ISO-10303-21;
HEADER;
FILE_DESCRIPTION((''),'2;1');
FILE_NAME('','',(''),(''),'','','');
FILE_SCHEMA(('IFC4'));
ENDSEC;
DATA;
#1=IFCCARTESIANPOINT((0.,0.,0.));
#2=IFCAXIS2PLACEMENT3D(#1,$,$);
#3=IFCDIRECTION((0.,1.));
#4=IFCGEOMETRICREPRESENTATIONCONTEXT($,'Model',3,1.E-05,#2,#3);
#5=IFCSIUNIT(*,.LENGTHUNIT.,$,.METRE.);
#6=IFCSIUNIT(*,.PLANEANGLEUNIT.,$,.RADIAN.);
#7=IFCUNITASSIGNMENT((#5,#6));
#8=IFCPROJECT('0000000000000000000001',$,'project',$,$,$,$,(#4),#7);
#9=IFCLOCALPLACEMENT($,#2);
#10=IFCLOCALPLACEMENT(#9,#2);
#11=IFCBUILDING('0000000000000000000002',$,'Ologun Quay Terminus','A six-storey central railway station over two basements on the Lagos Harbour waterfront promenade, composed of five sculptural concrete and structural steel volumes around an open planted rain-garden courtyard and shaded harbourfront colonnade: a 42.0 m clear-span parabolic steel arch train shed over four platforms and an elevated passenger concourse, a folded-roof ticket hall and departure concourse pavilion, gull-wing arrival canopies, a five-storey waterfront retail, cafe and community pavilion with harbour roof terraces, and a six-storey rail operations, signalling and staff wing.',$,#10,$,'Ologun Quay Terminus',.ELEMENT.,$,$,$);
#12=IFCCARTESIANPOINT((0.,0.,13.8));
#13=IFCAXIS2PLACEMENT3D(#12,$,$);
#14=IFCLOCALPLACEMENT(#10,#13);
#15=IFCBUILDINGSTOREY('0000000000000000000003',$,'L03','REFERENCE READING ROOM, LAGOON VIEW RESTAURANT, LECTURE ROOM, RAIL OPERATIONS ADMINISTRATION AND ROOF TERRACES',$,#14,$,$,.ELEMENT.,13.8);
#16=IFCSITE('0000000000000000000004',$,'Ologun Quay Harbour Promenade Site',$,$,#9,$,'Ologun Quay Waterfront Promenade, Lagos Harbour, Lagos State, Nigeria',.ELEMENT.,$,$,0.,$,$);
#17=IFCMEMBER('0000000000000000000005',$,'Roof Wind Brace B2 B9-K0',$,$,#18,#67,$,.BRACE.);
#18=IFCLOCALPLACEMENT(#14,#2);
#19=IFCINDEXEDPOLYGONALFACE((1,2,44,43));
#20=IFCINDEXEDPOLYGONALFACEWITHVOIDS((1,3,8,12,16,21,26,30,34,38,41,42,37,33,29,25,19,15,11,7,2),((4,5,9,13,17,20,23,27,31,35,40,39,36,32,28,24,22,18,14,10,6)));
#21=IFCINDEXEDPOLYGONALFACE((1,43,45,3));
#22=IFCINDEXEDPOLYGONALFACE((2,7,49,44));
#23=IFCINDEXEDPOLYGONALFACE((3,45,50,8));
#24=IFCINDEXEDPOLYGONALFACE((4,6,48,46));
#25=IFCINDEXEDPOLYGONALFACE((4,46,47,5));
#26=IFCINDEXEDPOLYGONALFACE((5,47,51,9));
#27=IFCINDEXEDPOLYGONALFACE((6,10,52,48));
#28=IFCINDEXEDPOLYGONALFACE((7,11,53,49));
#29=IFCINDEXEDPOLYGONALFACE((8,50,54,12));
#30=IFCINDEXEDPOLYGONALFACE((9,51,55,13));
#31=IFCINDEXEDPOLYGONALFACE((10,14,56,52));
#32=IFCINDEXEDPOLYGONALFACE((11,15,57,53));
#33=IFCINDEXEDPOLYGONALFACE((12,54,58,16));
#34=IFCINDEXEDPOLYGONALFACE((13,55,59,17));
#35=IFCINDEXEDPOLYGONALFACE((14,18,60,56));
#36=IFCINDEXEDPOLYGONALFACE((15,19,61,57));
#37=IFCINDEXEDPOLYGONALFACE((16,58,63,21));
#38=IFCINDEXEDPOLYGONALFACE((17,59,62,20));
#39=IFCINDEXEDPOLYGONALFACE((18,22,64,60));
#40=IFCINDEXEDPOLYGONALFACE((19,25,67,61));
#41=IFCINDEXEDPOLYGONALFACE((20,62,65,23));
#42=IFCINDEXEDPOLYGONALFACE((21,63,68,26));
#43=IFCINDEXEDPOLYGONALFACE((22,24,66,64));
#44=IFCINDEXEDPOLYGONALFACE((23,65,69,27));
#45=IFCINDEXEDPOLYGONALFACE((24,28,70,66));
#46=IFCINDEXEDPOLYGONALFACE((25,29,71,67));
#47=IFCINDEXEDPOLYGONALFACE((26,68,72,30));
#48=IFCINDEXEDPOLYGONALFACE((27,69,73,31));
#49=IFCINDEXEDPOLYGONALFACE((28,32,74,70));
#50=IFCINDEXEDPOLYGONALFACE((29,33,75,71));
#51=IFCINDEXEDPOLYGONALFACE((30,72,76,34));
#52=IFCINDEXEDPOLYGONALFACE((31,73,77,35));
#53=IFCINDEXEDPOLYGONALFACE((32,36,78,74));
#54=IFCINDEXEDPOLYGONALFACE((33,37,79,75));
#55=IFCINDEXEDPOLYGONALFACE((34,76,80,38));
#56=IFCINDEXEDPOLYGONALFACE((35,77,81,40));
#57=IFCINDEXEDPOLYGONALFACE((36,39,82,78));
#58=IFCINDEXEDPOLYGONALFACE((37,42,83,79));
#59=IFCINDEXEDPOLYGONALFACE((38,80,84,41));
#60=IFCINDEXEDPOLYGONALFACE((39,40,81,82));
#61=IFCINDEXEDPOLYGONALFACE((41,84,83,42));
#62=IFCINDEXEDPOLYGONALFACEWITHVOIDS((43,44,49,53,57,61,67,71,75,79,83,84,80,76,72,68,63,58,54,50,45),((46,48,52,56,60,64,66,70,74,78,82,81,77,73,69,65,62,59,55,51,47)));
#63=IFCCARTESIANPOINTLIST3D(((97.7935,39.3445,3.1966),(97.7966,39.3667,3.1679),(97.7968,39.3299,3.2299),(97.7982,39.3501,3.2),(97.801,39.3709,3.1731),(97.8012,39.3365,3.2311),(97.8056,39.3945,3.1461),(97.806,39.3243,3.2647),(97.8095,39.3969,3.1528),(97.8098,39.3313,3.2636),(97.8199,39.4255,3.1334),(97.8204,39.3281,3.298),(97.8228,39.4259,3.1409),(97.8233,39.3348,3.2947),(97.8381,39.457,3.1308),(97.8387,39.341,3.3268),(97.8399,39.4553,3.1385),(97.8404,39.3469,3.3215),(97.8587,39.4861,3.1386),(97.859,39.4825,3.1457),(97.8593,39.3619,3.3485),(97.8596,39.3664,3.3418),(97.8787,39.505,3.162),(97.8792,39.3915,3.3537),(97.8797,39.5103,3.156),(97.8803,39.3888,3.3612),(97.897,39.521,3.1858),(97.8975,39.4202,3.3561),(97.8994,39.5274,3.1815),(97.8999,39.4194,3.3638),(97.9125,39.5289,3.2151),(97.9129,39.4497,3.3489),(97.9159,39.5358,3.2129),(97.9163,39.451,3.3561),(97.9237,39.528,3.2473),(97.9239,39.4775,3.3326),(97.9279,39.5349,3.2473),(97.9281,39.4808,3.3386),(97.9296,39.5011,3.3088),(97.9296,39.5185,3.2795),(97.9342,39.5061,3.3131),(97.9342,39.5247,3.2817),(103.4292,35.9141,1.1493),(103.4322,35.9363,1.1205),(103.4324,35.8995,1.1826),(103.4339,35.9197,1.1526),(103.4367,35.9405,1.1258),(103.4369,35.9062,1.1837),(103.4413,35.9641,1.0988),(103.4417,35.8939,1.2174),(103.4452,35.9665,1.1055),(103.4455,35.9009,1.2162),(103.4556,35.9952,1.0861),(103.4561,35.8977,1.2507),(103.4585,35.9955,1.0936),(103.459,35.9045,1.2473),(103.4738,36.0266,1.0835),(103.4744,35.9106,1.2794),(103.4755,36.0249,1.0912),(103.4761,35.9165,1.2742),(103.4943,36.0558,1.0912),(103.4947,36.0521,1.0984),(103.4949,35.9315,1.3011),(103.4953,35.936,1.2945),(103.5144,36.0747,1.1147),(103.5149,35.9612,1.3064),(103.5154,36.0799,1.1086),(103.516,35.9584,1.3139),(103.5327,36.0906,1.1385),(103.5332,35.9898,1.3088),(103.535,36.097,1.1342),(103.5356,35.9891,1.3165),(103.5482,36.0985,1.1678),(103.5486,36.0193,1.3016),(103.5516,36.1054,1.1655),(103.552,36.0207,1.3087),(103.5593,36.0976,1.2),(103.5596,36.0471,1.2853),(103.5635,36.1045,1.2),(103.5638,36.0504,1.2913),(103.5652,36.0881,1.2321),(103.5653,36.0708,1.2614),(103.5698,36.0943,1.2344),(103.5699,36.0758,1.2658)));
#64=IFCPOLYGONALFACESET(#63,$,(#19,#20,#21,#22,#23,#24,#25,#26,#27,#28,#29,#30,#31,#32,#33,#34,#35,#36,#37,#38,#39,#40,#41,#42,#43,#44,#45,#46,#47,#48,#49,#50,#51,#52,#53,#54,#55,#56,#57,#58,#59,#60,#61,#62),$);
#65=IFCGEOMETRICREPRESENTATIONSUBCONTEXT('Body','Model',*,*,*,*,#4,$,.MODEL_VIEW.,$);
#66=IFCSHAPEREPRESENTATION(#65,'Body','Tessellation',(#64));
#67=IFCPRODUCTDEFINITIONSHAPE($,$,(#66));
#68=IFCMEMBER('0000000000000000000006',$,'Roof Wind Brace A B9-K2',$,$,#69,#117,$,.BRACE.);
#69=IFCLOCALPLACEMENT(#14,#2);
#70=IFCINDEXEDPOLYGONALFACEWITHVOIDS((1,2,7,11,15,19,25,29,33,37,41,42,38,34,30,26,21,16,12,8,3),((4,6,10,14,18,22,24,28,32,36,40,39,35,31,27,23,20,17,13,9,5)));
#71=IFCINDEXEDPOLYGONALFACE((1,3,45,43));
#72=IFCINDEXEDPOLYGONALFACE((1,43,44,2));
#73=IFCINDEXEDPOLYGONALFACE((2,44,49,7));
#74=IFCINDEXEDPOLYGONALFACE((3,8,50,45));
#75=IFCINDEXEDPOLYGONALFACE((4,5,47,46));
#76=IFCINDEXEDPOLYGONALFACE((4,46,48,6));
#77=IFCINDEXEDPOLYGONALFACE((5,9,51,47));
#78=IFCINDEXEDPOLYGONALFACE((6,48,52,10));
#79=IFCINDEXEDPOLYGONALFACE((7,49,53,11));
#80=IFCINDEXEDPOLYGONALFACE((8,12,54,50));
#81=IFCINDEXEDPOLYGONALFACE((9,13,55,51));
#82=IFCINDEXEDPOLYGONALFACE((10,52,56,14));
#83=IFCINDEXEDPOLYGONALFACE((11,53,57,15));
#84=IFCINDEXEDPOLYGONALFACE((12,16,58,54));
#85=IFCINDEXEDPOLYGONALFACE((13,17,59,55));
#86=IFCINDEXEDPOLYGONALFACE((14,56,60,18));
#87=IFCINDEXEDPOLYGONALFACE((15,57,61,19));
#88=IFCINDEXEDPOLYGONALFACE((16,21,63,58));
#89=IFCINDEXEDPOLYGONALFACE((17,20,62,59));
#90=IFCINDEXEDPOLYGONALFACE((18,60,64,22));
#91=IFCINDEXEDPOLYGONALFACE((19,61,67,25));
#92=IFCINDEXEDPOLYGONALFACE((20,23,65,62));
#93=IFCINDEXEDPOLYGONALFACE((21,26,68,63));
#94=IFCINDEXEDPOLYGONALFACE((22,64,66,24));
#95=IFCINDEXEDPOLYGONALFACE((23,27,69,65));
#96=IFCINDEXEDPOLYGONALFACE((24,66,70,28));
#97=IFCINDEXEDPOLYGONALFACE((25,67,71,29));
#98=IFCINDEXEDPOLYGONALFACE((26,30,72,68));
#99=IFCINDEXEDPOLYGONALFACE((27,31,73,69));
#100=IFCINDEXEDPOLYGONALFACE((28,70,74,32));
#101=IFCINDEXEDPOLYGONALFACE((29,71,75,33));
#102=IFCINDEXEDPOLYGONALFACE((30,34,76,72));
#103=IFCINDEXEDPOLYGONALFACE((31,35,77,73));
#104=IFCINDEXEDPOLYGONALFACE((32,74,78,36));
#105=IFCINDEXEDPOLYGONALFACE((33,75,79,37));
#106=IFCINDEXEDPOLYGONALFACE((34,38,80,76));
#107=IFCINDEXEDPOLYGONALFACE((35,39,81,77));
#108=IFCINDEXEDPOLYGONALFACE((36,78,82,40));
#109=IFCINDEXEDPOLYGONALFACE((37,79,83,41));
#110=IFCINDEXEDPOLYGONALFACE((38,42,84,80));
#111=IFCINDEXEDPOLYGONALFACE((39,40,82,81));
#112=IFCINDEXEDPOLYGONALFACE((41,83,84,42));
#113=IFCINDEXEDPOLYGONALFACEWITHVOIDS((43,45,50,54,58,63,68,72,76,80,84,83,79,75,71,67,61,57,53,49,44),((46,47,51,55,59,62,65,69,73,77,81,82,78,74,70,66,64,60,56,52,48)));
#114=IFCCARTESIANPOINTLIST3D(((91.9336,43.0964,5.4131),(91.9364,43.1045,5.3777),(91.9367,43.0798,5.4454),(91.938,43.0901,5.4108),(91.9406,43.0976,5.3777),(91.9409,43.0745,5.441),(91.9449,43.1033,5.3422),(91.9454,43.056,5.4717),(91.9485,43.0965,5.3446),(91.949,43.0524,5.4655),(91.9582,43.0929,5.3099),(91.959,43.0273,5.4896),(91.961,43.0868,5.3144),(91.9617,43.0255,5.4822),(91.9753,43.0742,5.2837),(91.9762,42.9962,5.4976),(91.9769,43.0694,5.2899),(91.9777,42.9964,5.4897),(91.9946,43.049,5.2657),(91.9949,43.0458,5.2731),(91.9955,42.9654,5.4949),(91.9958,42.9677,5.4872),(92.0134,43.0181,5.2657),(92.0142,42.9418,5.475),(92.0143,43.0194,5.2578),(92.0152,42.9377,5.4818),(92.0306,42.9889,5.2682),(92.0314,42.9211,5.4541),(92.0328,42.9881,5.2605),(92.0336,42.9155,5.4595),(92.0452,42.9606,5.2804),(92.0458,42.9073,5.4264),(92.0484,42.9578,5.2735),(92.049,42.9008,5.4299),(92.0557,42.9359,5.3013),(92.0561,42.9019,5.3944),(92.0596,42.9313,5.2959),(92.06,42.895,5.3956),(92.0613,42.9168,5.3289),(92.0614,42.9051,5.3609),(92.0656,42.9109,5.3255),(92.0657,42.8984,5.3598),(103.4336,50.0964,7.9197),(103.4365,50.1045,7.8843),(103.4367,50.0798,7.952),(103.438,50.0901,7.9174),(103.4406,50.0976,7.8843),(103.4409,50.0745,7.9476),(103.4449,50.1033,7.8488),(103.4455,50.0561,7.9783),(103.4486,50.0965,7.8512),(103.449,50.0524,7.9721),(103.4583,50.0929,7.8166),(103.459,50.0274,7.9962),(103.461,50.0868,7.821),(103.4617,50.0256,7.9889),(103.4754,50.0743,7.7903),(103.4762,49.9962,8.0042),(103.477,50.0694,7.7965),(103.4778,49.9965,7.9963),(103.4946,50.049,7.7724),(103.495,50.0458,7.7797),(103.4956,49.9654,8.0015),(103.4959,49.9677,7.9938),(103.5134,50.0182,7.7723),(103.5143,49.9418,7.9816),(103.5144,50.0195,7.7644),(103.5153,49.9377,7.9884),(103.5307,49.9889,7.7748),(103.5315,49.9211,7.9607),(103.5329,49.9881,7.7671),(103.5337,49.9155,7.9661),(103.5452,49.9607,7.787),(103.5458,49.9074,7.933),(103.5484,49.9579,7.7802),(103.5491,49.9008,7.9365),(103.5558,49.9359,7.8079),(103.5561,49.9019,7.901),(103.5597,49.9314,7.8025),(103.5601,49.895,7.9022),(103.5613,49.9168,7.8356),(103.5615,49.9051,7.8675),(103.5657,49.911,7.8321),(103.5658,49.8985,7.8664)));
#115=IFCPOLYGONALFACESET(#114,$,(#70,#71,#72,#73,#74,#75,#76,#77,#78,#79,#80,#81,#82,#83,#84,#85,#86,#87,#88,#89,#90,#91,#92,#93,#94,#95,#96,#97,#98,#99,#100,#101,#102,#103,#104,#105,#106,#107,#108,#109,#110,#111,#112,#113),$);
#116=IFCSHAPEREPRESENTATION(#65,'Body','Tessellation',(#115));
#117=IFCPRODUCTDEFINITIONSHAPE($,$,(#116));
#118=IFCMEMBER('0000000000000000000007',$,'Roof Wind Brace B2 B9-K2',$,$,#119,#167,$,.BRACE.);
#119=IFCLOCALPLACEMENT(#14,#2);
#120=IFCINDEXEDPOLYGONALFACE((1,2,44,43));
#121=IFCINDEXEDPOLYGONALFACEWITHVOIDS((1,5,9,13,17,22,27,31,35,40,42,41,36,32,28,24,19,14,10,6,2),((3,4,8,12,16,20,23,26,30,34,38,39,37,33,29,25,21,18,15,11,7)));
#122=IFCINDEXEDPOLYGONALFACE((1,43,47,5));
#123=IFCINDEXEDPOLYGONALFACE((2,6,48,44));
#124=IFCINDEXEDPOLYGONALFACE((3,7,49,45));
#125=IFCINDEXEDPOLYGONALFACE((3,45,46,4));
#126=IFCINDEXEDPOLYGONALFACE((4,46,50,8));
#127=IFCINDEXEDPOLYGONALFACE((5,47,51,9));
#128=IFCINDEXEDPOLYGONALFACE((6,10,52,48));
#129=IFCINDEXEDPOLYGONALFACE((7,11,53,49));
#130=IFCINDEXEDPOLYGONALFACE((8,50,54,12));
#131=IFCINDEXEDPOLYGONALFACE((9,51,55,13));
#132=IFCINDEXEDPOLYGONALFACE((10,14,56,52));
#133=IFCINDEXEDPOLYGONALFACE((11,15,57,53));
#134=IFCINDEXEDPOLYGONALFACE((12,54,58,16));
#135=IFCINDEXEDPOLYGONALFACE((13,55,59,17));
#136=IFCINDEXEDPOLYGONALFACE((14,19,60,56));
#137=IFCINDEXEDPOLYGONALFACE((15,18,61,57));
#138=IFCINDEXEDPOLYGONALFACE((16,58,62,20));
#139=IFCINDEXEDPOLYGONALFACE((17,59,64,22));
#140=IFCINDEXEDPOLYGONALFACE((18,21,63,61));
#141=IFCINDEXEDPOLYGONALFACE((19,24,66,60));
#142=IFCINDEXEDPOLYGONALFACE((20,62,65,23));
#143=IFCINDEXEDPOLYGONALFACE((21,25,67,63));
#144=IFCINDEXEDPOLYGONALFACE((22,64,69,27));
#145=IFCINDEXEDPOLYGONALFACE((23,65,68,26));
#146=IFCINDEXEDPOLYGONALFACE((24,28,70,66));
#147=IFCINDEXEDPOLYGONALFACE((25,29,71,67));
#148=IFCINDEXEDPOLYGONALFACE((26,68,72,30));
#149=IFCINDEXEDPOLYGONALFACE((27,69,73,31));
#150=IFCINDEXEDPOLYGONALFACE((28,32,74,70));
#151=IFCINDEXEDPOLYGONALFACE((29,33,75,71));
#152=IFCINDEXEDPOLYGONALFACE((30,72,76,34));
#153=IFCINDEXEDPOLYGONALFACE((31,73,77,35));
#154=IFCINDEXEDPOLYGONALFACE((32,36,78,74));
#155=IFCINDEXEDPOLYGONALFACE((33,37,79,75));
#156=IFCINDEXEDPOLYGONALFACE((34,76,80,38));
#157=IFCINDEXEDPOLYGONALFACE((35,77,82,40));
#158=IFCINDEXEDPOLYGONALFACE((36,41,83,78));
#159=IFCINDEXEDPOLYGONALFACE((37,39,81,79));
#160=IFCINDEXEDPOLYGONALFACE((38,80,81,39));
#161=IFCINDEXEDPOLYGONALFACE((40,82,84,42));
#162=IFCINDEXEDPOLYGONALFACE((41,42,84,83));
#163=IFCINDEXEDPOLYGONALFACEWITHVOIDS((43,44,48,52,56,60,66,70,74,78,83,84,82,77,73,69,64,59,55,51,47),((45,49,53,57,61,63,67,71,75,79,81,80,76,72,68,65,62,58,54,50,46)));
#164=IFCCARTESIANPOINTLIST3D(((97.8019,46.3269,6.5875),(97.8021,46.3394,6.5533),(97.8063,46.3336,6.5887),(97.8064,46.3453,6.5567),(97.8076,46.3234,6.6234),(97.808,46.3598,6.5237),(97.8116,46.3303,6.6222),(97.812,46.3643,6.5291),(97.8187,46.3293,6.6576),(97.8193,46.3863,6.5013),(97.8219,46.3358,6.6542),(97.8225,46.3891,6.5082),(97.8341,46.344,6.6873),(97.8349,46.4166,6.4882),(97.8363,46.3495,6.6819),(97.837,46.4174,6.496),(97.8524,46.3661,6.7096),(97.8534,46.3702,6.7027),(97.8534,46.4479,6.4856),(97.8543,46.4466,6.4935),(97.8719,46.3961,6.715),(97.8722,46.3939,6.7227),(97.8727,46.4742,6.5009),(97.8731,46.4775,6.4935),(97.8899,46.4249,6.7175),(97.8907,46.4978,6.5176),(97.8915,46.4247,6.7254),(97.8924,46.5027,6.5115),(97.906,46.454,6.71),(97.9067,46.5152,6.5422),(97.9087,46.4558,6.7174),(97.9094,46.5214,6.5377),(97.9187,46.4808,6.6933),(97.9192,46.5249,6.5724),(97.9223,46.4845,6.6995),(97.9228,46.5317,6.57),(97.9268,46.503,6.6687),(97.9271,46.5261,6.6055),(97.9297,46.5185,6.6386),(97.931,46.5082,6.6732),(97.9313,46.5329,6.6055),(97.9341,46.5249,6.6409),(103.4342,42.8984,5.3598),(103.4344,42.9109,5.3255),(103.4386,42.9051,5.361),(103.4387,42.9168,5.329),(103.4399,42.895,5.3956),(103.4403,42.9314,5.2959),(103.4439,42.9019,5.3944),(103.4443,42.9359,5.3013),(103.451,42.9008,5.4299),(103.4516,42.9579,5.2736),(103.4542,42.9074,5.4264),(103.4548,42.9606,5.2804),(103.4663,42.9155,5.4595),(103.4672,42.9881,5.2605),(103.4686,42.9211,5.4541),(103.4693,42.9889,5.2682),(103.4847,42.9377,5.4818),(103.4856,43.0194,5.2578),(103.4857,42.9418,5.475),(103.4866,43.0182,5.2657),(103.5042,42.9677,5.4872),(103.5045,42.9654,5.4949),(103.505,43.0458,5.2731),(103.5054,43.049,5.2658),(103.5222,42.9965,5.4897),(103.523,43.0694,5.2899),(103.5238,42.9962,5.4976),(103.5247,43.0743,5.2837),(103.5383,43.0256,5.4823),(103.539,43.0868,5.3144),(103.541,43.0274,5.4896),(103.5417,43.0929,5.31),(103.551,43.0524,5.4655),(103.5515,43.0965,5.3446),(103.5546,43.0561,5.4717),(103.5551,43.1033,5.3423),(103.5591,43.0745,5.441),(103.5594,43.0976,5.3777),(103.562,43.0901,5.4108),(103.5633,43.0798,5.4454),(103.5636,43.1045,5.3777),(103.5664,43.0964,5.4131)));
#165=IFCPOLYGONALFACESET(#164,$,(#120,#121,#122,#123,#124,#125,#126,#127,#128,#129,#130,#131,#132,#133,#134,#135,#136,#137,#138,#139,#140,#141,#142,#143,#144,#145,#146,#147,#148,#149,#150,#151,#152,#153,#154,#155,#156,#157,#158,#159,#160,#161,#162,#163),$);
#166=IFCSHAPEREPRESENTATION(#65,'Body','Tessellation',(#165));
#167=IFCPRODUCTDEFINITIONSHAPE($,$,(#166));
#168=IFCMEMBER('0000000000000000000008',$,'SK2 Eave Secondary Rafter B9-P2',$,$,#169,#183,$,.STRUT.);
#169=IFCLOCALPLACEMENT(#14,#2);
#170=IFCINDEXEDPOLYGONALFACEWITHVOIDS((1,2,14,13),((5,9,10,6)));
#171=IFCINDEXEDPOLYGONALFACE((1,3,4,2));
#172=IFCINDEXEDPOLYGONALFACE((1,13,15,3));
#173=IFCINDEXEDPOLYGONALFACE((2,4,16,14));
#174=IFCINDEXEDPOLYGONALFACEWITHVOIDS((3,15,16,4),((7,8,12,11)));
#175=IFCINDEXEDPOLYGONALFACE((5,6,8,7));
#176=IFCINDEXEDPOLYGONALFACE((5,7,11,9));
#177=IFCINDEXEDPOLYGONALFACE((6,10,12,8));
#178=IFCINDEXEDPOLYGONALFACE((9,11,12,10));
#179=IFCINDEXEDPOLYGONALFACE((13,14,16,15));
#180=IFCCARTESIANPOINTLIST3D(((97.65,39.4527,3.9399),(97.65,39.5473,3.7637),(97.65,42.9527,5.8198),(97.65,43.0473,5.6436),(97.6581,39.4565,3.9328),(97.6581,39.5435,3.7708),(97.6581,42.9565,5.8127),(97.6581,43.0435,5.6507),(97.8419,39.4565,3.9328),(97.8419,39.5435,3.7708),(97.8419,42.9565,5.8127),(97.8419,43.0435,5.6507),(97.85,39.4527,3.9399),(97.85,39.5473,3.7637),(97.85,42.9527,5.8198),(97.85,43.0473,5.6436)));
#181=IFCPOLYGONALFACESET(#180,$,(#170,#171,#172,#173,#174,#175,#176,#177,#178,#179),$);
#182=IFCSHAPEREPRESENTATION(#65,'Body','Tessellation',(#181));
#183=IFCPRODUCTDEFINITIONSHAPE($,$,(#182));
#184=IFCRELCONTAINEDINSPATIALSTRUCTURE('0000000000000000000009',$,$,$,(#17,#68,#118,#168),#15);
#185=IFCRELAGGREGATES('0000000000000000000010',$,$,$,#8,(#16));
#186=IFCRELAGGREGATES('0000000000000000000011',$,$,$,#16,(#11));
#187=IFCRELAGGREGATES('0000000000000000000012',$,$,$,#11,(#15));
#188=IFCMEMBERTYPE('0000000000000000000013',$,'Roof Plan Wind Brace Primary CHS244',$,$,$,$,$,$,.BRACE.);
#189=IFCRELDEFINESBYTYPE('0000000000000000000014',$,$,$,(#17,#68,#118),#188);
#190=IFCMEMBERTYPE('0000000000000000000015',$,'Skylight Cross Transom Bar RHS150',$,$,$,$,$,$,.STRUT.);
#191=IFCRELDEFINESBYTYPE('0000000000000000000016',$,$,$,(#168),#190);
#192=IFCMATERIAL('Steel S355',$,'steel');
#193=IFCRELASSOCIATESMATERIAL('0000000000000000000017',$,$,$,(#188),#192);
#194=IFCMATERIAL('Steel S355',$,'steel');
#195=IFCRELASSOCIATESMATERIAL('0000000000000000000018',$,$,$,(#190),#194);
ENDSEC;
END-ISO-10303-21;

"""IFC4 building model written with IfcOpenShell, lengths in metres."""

from ifc_helpers import new_model, si_unit, direction, frame, origin, origin_2d, place, context, subcontext, project, spatial, hollow_rectangle, hollow_circle, extrude, material, material_profile, profile_set, type_object, element, save


model = new_model("IFC4")

# Units and contexts
model_context = context("Model", 3, precision=1e-05, world=origin(), true_north=direction((0.0, 1.0)))
body_context = subcontext(model_context, "Body", "Model", "MODEL_VIEW")
ifc_project = project(units=[si_unit("LENGTHUNIT", "METRE"), si_unit("PLANEANGLEUNIT", "RADIAN")], contexts=[model_context])

# Site, building, storey
site_placement = place(None, origin())
site = spatial("IfcSite", under=ifc_project, at=site_placement, Name="Ologun Quay Harbour Promenade Site", LongName="Ologun Quay Waterfront Promenade, Lagos Harbour, Lagos State, Nigeria", CompositionType="ELEMENT", RefElevation=0.0)
building_placement = place(site_placement, origin())
building = spatial("IfcBuilding", under=site, at=building_placement, Name="Ologun Quay Terminus", Description="A six-storey central railway station over two basements on the Lagos Harbour waterfront promenade, composed of five sculptural concrete and structural steel volumes around an open planted rain-garden courtyard and shaded harbourfront colonnade: a 42.0 m clear-span parabolic steel arch train shed over four platforms and an elevated passenger concourse, a folded-roof ticket hall and departure concourse pavilion, gull-wing arrival canopies, a five-storey waterfront retail, cafe and community pavilion with harbour roof terraces, and a six-storey rail operations, signalling and staff wing.", LongName="Ologun Quay Terminus", CompositionType="ELEMENT")
storey_placement = place(building_placement, frame((0.0, 0.0, 13.8)))
storey = spatial("IfcBuildingStorey", under=building, at=storey_placement, Name="L03", Description="REFERENCE READING ROOM, LAGOON VIEW RESTAURANT, LECTURE ROOM, RAIL OPERATIONS ADMINISTRATION AND ROOF TERRACES", CompositionType="ELEMENT", Elevation=13.8)

# Members
ifc_material_1 = material(Name="Steel S355", Category="steel")
ifc_material_profile_1 = material_profile(ifc_material_1, hollow_circle(Radius=0.1223, WallThickness=0.0081, at=origin_2d()), Name="CHS 244.5x8")
ifc_profile_set_1 = profile_set([ifc_material_profile_1], Name="Steel S355")
member_type_1 = type_object("IfcMemberType", Name="Roof Plan Wind Brace Primary CHS244", PredefinedType="BRACE", material=ifc_profile_set_1)
for number, where, z_axis, x_axis, name in (
    (1, (97.8643, 39.4304, 3.2473), (0.815823, -0.496583, -0.296374), (0.519943, 0.854201, 0.0), "Roof Wind Brace B2 B9-K0"),
):
    element("IfcMember", number, at=place(storey_placement, frame(where, z_axis=z_axis, x_axis=x_axis)), inside=storey, type_object=member_type_1, Name=name, PredefinedType="BRACE", context=body_context, shape_type="SweptSolid", body=[
        extrude(hollow_circle(Radius=0.1223, WallThickness=0.0081, at=origin_2d()), origin(), (0.0, 0.0, 1.0), 6.908),
    ])
member_1_placement = place(storey_placement, frame((92.0, 43.0, 5.3777), z_axis=(0.839767, 0.511163, 0.183039), x_axis=(-0.519947, 0.854199, 0.0)))
element("IfcMember", 2, at=member_1_placement, inside=storey, type_object=member_type_1, Name="Roof Wind Brace A B9-K2", PredefinedType="BRACE", context=body_context, shape_type="SweptSolid", body=[
    extrude(hollow_circle(Radius=0.1223, WallThickness=0.0081, at=origin_2d()), origin(), (0.0, 0.0, 1.0), 13.6943),
])
member_2_placement = place(storey_placement, frame((97.8677, 46.4285, 6.6055), z_axis=(0.839758, -0.511171, -0.183058), x_axis=(0.519958, 0.854192, 0.0)))
element("IfcMember", 3, at=member_2_placement, inside=storey, type_object=member_type_1, Name="Roof Wind Brace B2 B9-K2", PredefinedType="BRACE", context=body_context, shape_type="SweptSolid", body=[
    extrude(hollow_circle(Radius=0.1223, WallThickness=0.0081, at=origin_2d()), origin(), (0.0, 0.0, 1.0), 6.707),
])
ifc_material_2 = material(Name="Steel S355", Category="steel")
ifc_material_profile_2 = material_profile(ifc_material_2, hollow_rectangle(XDim=0.2, YDim=0.2, WallThickness=0.0081, at=origin_2d()), Name="SHS 200x200x8")
ifc_profile_set_2 = profile_set([ifc_material_profile_2], Name="Steel S355")
member_type_2 = type_object("IfcMemberType", Name="Skylight Cross Transom Bar RHS150", PredefinedType="STRUT", material=ifc_profile_set_2)
member_3_placement = place(storey_placement, frame((97.75, 39.5, 3.8518), z_axis=(0.0, 0.880968, 0.473176), x_axis=(-1.0, 0.0, 0.0)))
element("IfcMember", 4, at=member_3_placement, inside=storey, type_object=member_type_2, Name="SK2 Eave Secondary Rafter B9-P2", PredefinedType="STRUT", context=body_context, shape_type="SweptSolid", body=[
    extrude(hollow_rectangle(XDim=0.2, YDim=0.2, WallThickness=0.0081, at=origin_2d()), origin(), (0.0, 0.0, 1.0), 3.9729),
])

save(model, "model.ifc")
